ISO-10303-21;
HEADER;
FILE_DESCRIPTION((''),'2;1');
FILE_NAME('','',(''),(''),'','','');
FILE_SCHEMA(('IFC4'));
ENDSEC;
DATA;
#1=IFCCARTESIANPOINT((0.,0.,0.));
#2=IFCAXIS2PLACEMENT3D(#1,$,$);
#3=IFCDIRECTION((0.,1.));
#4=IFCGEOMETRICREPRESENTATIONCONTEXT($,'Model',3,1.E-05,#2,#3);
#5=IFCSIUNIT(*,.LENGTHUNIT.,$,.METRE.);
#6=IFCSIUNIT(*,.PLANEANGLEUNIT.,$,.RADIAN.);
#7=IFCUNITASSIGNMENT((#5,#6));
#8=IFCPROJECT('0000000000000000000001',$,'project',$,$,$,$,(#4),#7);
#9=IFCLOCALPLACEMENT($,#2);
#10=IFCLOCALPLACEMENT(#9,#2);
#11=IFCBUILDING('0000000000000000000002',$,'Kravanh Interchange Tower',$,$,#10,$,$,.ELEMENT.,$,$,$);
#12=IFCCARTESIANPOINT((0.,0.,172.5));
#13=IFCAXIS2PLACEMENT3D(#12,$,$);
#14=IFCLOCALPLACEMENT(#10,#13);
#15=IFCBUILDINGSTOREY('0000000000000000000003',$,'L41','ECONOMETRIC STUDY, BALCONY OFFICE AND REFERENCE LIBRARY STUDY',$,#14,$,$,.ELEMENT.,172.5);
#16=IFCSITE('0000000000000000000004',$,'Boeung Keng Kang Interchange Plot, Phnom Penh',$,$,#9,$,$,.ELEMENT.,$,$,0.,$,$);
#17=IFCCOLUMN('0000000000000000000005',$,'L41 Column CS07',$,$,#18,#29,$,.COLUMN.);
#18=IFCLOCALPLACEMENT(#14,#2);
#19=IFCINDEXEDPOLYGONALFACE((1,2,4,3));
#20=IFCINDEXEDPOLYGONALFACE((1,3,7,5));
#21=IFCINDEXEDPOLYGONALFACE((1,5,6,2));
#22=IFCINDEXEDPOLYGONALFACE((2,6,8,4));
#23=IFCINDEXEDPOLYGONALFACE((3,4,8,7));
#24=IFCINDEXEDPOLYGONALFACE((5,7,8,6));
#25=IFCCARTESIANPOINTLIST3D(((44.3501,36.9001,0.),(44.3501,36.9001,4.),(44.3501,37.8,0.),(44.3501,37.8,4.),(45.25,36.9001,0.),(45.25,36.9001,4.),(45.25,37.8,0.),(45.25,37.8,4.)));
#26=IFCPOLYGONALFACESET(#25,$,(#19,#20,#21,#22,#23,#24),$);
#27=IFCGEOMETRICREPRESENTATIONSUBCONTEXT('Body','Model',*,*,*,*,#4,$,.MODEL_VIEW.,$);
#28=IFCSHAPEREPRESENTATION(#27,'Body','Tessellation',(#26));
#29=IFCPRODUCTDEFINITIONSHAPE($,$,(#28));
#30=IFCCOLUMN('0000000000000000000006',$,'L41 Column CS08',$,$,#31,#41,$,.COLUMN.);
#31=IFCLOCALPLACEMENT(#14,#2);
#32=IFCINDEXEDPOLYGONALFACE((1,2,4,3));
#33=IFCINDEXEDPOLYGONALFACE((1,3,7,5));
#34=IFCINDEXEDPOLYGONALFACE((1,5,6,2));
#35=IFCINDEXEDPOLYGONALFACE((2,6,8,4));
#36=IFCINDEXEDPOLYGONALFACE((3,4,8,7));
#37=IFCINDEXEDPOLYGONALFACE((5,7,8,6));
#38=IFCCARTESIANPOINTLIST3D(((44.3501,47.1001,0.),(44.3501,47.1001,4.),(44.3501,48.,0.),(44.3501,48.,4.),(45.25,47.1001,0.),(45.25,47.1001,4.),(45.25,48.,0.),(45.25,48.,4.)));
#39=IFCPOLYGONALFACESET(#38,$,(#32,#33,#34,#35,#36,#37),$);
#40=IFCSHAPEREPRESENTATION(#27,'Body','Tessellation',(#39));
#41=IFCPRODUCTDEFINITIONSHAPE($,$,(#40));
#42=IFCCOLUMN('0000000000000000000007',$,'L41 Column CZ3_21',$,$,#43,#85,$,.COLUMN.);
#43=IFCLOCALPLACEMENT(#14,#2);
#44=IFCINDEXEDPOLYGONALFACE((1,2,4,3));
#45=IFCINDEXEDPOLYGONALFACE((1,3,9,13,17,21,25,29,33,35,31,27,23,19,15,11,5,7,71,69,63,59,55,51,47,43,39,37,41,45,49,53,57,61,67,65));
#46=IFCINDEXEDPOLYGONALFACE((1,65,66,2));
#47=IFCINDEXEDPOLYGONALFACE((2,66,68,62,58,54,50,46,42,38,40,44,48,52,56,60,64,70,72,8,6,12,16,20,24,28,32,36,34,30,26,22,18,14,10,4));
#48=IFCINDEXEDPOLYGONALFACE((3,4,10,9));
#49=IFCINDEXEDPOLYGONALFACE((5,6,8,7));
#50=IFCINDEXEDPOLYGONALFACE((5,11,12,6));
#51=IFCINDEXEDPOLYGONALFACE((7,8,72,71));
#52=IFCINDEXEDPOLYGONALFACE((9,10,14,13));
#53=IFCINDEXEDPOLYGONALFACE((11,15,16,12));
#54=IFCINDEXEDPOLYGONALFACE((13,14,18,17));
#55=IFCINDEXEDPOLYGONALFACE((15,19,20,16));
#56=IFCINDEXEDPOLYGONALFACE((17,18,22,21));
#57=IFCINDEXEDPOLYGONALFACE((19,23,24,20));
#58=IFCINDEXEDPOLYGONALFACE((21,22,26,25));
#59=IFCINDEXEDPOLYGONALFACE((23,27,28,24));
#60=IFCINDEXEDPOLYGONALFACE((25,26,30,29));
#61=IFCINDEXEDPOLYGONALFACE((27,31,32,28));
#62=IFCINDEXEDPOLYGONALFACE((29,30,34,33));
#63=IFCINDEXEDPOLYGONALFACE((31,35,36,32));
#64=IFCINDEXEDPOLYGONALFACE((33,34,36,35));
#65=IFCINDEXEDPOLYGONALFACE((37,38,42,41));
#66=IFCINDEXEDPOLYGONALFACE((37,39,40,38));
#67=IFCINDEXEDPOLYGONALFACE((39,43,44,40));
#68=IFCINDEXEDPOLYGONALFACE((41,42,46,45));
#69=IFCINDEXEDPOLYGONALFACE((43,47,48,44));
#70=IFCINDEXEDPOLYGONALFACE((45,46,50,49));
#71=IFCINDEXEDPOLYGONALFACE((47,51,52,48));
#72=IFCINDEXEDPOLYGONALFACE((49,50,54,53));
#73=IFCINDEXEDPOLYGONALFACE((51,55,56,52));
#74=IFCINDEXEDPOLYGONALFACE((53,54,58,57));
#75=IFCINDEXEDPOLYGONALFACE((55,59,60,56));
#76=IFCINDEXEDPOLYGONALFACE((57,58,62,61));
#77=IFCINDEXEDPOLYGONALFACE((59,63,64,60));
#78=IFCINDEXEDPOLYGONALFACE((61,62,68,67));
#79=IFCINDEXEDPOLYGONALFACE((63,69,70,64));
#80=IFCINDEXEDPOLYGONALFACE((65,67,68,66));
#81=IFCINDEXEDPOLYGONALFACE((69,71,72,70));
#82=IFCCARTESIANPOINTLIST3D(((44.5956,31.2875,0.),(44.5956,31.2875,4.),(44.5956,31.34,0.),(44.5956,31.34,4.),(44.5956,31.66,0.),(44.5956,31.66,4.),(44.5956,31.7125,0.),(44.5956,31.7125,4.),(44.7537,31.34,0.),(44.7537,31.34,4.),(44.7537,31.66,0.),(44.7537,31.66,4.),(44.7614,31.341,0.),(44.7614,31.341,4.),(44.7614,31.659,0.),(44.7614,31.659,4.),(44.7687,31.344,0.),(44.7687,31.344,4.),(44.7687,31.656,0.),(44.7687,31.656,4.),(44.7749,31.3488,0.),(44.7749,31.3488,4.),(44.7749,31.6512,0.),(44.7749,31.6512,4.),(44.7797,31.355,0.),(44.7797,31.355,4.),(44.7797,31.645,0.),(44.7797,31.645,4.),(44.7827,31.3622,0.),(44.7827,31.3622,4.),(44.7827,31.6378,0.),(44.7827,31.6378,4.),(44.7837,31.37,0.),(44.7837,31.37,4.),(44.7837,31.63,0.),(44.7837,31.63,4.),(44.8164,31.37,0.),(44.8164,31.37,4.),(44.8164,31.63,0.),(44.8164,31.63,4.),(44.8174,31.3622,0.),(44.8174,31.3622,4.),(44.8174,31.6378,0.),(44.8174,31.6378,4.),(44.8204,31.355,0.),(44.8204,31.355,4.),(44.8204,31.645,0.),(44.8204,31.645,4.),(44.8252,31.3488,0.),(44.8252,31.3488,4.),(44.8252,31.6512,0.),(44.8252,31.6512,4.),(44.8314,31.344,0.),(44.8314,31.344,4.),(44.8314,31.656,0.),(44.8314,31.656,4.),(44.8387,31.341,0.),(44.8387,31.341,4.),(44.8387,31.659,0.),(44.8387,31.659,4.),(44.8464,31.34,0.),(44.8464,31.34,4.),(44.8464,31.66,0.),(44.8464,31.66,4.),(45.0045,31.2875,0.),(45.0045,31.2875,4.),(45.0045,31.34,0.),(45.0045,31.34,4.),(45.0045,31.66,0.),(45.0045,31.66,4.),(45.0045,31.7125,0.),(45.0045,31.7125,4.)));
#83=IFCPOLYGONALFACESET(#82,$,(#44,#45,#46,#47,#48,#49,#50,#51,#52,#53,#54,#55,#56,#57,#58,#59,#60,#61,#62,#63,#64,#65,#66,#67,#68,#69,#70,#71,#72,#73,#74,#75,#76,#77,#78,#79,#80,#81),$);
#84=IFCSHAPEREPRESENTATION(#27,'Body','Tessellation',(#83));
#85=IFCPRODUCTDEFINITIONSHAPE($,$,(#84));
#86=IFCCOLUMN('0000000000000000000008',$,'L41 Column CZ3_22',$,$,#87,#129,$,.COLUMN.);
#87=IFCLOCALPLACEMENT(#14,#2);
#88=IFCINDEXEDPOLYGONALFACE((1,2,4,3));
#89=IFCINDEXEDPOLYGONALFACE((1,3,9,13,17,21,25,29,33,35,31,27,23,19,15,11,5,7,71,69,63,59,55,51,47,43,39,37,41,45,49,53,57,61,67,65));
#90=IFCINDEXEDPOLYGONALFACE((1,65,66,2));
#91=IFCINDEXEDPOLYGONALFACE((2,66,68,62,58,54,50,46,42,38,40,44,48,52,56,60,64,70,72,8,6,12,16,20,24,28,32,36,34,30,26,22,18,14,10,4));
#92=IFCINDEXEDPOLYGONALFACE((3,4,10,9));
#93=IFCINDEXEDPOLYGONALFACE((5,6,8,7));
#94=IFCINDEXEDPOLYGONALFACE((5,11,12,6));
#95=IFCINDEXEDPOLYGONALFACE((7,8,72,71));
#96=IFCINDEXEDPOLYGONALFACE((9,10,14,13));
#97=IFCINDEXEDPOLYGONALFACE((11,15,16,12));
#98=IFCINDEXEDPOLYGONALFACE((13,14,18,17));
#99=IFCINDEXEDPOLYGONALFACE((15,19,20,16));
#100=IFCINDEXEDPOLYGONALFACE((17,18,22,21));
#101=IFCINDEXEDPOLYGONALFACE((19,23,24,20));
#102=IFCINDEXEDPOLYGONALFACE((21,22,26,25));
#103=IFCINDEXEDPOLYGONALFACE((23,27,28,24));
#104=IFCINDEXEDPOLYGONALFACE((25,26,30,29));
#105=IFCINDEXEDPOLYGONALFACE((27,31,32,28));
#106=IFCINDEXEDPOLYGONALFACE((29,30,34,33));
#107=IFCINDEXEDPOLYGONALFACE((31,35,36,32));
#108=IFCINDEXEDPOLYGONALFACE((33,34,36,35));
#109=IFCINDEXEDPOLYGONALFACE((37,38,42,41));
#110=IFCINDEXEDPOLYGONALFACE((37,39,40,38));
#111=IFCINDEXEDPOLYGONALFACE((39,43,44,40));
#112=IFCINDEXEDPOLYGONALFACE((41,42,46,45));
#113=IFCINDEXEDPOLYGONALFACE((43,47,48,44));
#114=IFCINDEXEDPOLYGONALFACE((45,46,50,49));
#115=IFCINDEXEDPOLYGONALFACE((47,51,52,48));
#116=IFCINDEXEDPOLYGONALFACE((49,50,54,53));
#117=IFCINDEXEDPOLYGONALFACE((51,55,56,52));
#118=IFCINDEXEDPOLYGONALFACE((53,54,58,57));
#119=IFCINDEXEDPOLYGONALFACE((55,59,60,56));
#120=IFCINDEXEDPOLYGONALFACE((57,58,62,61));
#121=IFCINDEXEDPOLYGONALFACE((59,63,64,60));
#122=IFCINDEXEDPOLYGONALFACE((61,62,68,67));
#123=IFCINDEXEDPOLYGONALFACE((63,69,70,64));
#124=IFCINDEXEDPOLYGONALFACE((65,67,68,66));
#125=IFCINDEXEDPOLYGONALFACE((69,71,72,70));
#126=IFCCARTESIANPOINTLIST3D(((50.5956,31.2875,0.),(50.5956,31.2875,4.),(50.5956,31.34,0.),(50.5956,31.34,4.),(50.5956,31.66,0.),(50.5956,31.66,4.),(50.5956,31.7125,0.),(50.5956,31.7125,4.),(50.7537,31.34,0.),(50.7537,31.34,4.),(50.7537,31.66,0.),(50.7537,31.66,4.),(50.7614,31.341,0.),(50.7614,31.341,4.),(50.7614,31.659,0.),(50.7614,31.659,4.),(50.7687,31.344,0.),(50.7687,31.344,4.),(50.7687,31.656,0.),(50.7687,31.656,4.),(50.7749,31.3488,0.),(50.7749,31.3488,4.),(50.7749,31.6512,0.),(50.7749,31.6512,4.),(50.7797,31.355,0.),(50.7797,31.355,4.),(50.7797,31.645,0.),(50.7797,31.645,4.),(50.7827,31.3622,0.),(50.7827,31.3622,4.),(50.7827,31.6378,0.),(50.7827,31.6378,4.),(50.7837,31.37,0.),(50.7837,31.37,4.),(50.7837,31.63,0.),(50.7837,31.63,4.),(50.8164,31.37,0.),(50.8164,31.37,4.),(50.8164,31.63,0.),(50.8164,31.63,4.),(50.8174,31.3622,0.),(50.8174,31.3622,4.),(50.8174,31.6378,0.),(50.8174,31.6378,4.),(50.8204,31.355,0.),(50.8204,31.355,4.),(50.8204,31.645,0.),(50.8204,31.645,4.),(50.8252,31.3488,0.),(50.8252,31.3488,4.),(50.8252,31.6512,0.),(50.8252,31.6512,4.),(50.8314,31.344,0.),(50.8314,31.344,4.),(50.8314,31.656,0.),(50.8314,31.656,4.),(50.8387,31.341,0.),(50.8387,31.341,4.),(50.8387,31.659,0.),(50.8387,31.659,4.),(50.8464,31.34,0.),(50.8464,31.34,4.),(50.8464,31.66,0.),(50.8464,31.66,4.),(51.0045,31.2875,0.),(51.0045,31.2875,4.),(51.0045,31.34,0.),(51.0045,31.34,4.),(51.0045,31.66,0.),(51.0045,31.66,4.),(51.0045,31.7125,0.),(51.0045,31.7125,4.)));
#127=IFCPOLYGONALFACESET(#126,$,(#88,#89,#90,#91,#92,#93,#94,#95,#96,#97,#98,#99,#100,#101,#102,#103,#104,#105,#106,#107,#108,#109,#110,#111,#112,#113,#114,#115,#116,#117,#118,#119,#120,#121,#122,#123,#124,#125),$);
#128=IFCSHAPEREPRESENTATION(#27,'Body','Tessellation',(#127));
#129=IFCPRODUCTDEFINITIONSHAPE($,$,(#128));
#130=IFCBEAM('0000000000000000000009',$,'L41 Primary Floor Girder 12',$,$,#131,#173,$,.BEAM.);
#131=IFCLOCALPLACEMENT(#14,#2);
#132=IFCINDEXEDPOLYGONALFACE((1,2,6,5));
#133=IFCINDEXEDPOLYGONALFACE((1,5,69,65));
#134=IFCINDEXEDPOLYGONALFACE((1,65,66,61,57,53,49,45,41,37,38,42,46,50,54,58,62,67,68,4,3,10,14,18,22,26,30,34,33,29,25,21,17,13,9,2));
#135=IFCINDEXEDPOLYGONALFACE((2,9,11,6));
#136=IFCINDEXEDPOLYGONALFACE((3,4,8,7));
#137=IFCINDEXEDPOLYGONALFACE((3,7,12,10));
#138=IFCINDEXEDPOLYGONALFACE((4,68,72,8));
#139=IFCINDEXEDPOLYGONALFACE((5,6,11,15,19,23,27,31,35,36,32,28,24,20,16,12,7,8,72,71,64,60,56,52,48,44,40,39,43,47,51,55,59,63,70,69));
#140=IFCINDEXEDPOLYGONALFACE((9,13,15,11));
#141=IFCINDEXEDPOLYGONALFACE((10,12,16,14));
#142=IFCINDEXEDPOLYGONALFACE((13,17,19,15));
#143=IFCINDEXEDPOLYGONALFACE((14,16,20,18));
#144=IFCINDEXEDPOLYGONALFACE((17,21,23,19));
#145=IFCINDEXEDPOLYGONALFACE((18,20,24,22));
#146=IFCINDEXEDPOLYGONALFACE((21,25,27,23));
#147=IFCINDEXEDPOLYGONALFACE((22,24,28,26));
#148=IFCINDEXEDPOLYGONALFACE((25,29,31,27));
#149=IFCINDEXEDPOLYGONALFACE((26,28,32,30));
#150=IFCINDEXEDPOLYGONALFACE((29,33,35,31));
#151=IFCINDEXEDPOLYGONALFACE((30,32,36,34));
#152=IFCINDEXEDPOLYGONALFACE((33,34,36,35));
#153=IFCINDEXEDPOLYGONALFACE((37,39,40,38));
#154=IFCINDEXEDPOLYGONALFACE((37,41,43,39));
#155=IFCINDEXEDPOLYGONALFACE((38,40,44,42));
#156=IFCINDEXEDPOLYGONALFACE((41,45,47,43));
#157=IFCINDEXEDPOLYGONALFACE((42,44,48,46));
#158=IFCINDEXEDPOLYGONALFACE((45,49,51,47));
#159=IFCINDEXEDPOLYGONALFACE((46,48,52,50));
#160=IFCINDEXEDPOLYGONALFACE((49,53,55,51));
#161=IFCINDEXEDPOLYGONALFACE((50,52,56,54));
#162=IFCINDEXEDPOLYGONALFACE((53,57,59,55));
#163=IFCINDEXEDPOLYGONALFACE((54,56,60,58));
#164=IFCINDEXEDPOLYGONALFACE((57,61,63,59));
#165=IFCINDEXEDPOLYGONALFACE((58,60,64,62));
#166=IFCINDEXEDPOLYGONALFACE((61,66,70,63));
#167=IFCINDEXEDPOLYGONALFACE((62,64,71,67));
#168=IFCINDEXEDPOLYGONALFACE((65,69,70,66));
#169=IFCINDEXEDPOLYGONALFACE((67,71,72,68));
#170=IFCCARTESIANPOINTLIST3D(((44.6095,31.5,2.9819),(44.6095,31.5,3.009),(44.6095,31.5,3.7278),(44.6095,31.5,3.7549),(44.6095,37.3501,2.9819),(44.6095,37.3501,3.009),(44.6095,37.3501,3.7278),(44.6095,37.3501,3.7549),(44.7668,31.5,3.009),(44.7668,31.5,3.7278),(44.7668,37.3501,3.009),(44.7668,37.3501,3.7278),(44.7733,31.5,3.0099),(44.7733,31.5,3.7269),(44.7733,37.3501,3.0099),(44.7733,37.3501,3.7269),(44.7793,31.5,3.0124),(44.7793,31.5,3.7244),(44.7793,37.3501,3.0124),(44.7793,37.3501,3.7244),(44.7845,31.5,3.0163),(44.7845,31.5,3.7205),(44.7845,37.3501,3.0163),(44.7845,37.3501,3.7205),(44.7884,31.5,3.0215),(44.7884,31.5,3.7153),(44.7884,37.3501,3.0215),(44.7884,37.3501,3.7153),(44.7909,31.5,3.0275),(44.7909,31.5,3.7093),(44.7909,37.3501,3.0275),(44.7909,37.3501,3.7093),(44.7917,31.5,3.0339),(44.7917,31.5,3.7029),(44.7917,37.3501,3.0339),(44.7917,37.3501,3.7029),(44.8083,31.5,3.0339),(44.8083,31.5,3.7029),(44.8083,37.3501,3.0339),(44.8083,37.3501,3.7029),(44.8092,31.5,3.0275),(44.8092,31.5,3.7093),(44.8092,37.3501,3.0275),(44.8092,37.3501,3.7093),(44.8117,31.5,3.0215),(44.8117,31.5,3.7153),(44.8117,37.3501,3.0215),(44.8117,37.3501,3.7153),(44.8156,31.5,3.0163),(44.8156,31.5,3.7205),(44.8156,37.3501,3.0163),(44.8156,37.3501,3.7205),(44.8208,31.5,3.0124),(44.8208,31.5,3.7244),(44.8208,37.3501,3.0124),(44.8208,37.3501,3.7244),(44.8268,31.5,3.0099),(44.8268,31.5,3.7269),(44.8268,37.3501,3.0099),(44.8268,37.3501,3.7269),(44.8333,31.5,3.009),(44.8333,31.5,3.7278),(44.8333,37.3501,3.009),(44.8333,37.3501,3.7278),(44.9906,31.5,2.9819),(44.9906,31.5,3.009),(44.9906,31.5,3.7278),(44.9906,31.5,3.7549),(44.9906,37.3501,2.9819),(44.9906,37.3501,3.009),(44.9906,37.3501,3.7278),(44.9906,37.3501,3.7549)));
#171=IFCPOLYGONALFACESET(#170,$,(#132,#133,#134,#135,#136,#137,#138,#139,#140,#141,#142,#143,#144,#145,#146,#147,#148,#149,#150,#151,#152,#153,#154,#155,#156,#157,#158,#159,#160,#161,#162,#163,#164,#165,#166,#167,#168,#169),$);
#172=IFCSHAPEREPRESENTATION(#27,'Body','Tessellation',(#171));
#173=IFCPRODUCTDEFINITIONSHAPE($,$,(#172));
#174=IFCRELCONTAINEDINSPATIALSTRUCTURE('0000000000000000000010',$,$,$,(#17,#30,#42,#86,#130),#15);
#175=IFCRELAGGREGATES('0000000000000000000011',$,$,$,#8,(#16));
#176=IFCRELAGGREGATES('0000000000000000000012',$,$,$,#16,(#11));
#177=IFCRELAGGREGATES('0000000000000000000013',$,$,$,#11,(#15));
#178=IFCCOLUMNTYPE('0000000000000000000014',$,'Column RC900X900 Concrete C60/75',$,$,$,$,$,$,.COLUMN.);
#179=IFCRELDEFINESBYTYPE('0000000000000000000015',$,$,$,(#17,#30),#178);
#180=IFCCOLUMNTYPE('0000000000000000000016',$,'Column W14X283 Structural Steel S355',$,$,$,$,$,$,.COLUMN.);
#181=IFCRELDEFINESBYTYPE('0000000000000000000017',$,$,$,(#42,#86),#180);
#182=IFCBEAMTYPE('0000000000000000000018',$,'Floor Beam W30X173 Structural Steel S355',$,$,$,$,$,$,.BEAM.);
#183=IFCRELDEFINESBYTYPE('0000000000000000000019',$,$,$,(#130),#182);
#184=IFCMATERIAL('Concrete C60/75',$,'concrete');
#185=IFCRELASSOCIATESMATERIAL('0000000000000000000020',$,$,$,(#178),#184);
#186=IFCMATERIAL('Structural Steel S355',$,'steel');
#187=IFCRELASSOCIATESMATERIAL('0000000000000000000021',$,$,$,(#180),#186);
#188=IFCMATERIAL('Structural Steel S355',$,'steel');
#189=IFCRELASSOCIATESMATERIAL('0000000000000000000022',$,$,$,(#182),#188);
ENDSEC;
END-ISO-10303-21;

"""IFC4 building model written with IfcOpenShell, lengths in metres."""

from ifc_helpers import new_model, si_unit, direction, frame, origin, origin_2d, place, context, subcontext, project, spatial, rectangle, i_section, extrude, material, material_profile, profile_set, type_object, element, save


model = new_model("IFC4")

# Units and contexts
model_context = context("Model", 3, precision=1e-05, world=origin(), true_north=direction((0.0, 1.0)))
body_context = subcontext(model_context, "Body", "Model", "MODEL_VIEW")
ifc_project = project(units=[si_unit("LENGTHUNIT", "METRE"), si_unit("PLANEANGLEUNIT", "RADIAN")], contexts=[model_context])

# Site, building, storey
site_placement = place(None, origin())
site = spatial("IfcSite", under=ifc_project, at=site_placement, Name="Boeung Keng Kang Interchange Plot, Phnom Penh", CompositionType="ELEMENT", RefElevation=0.0)
building_placement = place(site_placement, origin())
building = spatial("IfcBuilding", under=site, at=building_placement, Name="Kravanh Interchange Tower", CompositionType="ELEMENT")
storey_placement = place(building_placement, frame((0.0, 0.0, 172.5)))
storey = spatial("IfcBuildingStorey", under=building, at=storey_placement, Name="L41", Description="ECONOMETRIC STUDY, BALCONY OFFICE AND REFERENCE LIBRARY STUDY", CompositionType="ELEMENT", Elevation=172.5)

# Columns
ifc_material_1 = material(Name="Concrete C60/75", Category="concrete")
ifc_material_profile_1 = material_profile(ifc_material_1, rectangle(XDim=0.8999, YDim=0.8999, at=origin_2d()), Name="RC900X900")
ifc_profile_set_1 = profile_set([ifc_material_profile_1], Name="Concrete C60/75")
column_type_1 = type_object("IfcColumnType", Name="Column RC900X900 Concrete C60/75", PredefinedType="COLUMN", material=ifc_profile_set_1)
for number, where, z_axis, x_axis, name in (
    (1, (44.8, 37.3501, 0.0), (0.0, 0.0, 1.0), (1.0, 0.0, 0.0), "L41 Column CS07"),
    (2, (44.8, 47.55, 0.0), (0.0, 0.0, 1.0), (1.0, 0.0, 0.0), "L41 Column CS08"),
):
    element("IfcColumn", number, at=place(storey_placement, frame(where, z_axis=z_axis, x_axis=x_axis)), inside=storey, type_object=column_type_1, Name=name, PredefinedType="COLUMN", context=body_context, shape_type="SweptSolid", body=[
        extrude(rectangle(XDim=0.8999, YDim=0.8999, at=origin_2d()), origin(), (0.0, 0.0, 1.0), 4.0),
    ])
ifc_material_2 = material(Name="Structural Steel S355", Category="steel")
ifc_material_profile_2 = material_profile(ifc_material_2, i_section(OverallWidth=0.4089, OverallDepth=0.425, WebThickness=0.0327, FlangeThickness=0.0525, FilletRadius=0.03, at=origin_2d()), Name="W14X283")
ifc_profile_set_2 = profile_set([ifc_material_profile_2], Name="Structural Steel S355")
column_type_2 = type_object("IfcColumnType", Name="Column W14X283 Structural Steel S355", PredefinedType="COLUMN", material=ifc_profile_set_2)
for number, where, z_axis, x_axis, name in (
    (3, (44.8, 31.5, 0.0), (0.0, 0.0, 1.0), (1.0, 0.0, 0.0), "L41 Column CZ3_21"),
    (4, (50.8, 31.5, 0.0), (0.0, 0.0, 1.0), (1.0, 0.0, 0.0), "L41 Column CZ3_22"),
):
    element("IfcColumn", number, at=place(storey_placement, frame(where, z_axis=z_axis, x_axis=x_axis)), inside=storey, type_object=column_type_2, Name=name, PredefinedType="COLUMN", context=body_context, shape_type="SweptSolid", body=[
        extrude(i_section(OverallWidth=0.4089, OverallDepth=0.425, WebThickness=0.0327, FlangeThickness=0.0525, FilletRadius=0.03, at=origin_2d()), origin(), (0.0, 0.0, 1.0), 4.0),
    ])

# Beam
ifc_material_3 = material(Name="Structural Steel S355", Category="steel")
ifc_material_profile_3 = material_profile(ifc_material_3, i_section(OverallWidth=0.3811, OverallDepth=0.7729, WebThickness=0.0166, FlangeThickness=0.0271, FilletRadius=0.0249, at=origin_2d()), Name="W30X173")
ifc_profile_set_3 = profile_set([ifc_material_profile_3], Name="Structural Steel S355")
beam_type_1 = type_object("IfcBeamType", Name="Floor Beam W30X173 Structural Steel S355", PredefinedType="BEAM", material=ifc_profile_set_3)
beam_1_placement = place(storey_placement, frame((44.8, 37.3501, 3.3684), z_axis=(0.0, -1.0, 0.0), x_axis=(1.0, 0.0, 0.0)))
element("IfcBeam", 5, at=beam_1_placement, inside=storey, type_object=beam_type_1, Name="L41 Primary Floor Girder 12", PredefinedType="BEAM", context=body_context, shape_type="SweptSolid", body=[
    extrude(i_section(OverallWidth=0.3811, OverallDepth=0.7729, WebThickness=0.0166, FlangeThickness=0.0271, FilletRadius=0.0249, at=origin_2d()), origin(), (0.0, 0.0, 1.0), 5.8501),
])

save(model, "model.ifc")
